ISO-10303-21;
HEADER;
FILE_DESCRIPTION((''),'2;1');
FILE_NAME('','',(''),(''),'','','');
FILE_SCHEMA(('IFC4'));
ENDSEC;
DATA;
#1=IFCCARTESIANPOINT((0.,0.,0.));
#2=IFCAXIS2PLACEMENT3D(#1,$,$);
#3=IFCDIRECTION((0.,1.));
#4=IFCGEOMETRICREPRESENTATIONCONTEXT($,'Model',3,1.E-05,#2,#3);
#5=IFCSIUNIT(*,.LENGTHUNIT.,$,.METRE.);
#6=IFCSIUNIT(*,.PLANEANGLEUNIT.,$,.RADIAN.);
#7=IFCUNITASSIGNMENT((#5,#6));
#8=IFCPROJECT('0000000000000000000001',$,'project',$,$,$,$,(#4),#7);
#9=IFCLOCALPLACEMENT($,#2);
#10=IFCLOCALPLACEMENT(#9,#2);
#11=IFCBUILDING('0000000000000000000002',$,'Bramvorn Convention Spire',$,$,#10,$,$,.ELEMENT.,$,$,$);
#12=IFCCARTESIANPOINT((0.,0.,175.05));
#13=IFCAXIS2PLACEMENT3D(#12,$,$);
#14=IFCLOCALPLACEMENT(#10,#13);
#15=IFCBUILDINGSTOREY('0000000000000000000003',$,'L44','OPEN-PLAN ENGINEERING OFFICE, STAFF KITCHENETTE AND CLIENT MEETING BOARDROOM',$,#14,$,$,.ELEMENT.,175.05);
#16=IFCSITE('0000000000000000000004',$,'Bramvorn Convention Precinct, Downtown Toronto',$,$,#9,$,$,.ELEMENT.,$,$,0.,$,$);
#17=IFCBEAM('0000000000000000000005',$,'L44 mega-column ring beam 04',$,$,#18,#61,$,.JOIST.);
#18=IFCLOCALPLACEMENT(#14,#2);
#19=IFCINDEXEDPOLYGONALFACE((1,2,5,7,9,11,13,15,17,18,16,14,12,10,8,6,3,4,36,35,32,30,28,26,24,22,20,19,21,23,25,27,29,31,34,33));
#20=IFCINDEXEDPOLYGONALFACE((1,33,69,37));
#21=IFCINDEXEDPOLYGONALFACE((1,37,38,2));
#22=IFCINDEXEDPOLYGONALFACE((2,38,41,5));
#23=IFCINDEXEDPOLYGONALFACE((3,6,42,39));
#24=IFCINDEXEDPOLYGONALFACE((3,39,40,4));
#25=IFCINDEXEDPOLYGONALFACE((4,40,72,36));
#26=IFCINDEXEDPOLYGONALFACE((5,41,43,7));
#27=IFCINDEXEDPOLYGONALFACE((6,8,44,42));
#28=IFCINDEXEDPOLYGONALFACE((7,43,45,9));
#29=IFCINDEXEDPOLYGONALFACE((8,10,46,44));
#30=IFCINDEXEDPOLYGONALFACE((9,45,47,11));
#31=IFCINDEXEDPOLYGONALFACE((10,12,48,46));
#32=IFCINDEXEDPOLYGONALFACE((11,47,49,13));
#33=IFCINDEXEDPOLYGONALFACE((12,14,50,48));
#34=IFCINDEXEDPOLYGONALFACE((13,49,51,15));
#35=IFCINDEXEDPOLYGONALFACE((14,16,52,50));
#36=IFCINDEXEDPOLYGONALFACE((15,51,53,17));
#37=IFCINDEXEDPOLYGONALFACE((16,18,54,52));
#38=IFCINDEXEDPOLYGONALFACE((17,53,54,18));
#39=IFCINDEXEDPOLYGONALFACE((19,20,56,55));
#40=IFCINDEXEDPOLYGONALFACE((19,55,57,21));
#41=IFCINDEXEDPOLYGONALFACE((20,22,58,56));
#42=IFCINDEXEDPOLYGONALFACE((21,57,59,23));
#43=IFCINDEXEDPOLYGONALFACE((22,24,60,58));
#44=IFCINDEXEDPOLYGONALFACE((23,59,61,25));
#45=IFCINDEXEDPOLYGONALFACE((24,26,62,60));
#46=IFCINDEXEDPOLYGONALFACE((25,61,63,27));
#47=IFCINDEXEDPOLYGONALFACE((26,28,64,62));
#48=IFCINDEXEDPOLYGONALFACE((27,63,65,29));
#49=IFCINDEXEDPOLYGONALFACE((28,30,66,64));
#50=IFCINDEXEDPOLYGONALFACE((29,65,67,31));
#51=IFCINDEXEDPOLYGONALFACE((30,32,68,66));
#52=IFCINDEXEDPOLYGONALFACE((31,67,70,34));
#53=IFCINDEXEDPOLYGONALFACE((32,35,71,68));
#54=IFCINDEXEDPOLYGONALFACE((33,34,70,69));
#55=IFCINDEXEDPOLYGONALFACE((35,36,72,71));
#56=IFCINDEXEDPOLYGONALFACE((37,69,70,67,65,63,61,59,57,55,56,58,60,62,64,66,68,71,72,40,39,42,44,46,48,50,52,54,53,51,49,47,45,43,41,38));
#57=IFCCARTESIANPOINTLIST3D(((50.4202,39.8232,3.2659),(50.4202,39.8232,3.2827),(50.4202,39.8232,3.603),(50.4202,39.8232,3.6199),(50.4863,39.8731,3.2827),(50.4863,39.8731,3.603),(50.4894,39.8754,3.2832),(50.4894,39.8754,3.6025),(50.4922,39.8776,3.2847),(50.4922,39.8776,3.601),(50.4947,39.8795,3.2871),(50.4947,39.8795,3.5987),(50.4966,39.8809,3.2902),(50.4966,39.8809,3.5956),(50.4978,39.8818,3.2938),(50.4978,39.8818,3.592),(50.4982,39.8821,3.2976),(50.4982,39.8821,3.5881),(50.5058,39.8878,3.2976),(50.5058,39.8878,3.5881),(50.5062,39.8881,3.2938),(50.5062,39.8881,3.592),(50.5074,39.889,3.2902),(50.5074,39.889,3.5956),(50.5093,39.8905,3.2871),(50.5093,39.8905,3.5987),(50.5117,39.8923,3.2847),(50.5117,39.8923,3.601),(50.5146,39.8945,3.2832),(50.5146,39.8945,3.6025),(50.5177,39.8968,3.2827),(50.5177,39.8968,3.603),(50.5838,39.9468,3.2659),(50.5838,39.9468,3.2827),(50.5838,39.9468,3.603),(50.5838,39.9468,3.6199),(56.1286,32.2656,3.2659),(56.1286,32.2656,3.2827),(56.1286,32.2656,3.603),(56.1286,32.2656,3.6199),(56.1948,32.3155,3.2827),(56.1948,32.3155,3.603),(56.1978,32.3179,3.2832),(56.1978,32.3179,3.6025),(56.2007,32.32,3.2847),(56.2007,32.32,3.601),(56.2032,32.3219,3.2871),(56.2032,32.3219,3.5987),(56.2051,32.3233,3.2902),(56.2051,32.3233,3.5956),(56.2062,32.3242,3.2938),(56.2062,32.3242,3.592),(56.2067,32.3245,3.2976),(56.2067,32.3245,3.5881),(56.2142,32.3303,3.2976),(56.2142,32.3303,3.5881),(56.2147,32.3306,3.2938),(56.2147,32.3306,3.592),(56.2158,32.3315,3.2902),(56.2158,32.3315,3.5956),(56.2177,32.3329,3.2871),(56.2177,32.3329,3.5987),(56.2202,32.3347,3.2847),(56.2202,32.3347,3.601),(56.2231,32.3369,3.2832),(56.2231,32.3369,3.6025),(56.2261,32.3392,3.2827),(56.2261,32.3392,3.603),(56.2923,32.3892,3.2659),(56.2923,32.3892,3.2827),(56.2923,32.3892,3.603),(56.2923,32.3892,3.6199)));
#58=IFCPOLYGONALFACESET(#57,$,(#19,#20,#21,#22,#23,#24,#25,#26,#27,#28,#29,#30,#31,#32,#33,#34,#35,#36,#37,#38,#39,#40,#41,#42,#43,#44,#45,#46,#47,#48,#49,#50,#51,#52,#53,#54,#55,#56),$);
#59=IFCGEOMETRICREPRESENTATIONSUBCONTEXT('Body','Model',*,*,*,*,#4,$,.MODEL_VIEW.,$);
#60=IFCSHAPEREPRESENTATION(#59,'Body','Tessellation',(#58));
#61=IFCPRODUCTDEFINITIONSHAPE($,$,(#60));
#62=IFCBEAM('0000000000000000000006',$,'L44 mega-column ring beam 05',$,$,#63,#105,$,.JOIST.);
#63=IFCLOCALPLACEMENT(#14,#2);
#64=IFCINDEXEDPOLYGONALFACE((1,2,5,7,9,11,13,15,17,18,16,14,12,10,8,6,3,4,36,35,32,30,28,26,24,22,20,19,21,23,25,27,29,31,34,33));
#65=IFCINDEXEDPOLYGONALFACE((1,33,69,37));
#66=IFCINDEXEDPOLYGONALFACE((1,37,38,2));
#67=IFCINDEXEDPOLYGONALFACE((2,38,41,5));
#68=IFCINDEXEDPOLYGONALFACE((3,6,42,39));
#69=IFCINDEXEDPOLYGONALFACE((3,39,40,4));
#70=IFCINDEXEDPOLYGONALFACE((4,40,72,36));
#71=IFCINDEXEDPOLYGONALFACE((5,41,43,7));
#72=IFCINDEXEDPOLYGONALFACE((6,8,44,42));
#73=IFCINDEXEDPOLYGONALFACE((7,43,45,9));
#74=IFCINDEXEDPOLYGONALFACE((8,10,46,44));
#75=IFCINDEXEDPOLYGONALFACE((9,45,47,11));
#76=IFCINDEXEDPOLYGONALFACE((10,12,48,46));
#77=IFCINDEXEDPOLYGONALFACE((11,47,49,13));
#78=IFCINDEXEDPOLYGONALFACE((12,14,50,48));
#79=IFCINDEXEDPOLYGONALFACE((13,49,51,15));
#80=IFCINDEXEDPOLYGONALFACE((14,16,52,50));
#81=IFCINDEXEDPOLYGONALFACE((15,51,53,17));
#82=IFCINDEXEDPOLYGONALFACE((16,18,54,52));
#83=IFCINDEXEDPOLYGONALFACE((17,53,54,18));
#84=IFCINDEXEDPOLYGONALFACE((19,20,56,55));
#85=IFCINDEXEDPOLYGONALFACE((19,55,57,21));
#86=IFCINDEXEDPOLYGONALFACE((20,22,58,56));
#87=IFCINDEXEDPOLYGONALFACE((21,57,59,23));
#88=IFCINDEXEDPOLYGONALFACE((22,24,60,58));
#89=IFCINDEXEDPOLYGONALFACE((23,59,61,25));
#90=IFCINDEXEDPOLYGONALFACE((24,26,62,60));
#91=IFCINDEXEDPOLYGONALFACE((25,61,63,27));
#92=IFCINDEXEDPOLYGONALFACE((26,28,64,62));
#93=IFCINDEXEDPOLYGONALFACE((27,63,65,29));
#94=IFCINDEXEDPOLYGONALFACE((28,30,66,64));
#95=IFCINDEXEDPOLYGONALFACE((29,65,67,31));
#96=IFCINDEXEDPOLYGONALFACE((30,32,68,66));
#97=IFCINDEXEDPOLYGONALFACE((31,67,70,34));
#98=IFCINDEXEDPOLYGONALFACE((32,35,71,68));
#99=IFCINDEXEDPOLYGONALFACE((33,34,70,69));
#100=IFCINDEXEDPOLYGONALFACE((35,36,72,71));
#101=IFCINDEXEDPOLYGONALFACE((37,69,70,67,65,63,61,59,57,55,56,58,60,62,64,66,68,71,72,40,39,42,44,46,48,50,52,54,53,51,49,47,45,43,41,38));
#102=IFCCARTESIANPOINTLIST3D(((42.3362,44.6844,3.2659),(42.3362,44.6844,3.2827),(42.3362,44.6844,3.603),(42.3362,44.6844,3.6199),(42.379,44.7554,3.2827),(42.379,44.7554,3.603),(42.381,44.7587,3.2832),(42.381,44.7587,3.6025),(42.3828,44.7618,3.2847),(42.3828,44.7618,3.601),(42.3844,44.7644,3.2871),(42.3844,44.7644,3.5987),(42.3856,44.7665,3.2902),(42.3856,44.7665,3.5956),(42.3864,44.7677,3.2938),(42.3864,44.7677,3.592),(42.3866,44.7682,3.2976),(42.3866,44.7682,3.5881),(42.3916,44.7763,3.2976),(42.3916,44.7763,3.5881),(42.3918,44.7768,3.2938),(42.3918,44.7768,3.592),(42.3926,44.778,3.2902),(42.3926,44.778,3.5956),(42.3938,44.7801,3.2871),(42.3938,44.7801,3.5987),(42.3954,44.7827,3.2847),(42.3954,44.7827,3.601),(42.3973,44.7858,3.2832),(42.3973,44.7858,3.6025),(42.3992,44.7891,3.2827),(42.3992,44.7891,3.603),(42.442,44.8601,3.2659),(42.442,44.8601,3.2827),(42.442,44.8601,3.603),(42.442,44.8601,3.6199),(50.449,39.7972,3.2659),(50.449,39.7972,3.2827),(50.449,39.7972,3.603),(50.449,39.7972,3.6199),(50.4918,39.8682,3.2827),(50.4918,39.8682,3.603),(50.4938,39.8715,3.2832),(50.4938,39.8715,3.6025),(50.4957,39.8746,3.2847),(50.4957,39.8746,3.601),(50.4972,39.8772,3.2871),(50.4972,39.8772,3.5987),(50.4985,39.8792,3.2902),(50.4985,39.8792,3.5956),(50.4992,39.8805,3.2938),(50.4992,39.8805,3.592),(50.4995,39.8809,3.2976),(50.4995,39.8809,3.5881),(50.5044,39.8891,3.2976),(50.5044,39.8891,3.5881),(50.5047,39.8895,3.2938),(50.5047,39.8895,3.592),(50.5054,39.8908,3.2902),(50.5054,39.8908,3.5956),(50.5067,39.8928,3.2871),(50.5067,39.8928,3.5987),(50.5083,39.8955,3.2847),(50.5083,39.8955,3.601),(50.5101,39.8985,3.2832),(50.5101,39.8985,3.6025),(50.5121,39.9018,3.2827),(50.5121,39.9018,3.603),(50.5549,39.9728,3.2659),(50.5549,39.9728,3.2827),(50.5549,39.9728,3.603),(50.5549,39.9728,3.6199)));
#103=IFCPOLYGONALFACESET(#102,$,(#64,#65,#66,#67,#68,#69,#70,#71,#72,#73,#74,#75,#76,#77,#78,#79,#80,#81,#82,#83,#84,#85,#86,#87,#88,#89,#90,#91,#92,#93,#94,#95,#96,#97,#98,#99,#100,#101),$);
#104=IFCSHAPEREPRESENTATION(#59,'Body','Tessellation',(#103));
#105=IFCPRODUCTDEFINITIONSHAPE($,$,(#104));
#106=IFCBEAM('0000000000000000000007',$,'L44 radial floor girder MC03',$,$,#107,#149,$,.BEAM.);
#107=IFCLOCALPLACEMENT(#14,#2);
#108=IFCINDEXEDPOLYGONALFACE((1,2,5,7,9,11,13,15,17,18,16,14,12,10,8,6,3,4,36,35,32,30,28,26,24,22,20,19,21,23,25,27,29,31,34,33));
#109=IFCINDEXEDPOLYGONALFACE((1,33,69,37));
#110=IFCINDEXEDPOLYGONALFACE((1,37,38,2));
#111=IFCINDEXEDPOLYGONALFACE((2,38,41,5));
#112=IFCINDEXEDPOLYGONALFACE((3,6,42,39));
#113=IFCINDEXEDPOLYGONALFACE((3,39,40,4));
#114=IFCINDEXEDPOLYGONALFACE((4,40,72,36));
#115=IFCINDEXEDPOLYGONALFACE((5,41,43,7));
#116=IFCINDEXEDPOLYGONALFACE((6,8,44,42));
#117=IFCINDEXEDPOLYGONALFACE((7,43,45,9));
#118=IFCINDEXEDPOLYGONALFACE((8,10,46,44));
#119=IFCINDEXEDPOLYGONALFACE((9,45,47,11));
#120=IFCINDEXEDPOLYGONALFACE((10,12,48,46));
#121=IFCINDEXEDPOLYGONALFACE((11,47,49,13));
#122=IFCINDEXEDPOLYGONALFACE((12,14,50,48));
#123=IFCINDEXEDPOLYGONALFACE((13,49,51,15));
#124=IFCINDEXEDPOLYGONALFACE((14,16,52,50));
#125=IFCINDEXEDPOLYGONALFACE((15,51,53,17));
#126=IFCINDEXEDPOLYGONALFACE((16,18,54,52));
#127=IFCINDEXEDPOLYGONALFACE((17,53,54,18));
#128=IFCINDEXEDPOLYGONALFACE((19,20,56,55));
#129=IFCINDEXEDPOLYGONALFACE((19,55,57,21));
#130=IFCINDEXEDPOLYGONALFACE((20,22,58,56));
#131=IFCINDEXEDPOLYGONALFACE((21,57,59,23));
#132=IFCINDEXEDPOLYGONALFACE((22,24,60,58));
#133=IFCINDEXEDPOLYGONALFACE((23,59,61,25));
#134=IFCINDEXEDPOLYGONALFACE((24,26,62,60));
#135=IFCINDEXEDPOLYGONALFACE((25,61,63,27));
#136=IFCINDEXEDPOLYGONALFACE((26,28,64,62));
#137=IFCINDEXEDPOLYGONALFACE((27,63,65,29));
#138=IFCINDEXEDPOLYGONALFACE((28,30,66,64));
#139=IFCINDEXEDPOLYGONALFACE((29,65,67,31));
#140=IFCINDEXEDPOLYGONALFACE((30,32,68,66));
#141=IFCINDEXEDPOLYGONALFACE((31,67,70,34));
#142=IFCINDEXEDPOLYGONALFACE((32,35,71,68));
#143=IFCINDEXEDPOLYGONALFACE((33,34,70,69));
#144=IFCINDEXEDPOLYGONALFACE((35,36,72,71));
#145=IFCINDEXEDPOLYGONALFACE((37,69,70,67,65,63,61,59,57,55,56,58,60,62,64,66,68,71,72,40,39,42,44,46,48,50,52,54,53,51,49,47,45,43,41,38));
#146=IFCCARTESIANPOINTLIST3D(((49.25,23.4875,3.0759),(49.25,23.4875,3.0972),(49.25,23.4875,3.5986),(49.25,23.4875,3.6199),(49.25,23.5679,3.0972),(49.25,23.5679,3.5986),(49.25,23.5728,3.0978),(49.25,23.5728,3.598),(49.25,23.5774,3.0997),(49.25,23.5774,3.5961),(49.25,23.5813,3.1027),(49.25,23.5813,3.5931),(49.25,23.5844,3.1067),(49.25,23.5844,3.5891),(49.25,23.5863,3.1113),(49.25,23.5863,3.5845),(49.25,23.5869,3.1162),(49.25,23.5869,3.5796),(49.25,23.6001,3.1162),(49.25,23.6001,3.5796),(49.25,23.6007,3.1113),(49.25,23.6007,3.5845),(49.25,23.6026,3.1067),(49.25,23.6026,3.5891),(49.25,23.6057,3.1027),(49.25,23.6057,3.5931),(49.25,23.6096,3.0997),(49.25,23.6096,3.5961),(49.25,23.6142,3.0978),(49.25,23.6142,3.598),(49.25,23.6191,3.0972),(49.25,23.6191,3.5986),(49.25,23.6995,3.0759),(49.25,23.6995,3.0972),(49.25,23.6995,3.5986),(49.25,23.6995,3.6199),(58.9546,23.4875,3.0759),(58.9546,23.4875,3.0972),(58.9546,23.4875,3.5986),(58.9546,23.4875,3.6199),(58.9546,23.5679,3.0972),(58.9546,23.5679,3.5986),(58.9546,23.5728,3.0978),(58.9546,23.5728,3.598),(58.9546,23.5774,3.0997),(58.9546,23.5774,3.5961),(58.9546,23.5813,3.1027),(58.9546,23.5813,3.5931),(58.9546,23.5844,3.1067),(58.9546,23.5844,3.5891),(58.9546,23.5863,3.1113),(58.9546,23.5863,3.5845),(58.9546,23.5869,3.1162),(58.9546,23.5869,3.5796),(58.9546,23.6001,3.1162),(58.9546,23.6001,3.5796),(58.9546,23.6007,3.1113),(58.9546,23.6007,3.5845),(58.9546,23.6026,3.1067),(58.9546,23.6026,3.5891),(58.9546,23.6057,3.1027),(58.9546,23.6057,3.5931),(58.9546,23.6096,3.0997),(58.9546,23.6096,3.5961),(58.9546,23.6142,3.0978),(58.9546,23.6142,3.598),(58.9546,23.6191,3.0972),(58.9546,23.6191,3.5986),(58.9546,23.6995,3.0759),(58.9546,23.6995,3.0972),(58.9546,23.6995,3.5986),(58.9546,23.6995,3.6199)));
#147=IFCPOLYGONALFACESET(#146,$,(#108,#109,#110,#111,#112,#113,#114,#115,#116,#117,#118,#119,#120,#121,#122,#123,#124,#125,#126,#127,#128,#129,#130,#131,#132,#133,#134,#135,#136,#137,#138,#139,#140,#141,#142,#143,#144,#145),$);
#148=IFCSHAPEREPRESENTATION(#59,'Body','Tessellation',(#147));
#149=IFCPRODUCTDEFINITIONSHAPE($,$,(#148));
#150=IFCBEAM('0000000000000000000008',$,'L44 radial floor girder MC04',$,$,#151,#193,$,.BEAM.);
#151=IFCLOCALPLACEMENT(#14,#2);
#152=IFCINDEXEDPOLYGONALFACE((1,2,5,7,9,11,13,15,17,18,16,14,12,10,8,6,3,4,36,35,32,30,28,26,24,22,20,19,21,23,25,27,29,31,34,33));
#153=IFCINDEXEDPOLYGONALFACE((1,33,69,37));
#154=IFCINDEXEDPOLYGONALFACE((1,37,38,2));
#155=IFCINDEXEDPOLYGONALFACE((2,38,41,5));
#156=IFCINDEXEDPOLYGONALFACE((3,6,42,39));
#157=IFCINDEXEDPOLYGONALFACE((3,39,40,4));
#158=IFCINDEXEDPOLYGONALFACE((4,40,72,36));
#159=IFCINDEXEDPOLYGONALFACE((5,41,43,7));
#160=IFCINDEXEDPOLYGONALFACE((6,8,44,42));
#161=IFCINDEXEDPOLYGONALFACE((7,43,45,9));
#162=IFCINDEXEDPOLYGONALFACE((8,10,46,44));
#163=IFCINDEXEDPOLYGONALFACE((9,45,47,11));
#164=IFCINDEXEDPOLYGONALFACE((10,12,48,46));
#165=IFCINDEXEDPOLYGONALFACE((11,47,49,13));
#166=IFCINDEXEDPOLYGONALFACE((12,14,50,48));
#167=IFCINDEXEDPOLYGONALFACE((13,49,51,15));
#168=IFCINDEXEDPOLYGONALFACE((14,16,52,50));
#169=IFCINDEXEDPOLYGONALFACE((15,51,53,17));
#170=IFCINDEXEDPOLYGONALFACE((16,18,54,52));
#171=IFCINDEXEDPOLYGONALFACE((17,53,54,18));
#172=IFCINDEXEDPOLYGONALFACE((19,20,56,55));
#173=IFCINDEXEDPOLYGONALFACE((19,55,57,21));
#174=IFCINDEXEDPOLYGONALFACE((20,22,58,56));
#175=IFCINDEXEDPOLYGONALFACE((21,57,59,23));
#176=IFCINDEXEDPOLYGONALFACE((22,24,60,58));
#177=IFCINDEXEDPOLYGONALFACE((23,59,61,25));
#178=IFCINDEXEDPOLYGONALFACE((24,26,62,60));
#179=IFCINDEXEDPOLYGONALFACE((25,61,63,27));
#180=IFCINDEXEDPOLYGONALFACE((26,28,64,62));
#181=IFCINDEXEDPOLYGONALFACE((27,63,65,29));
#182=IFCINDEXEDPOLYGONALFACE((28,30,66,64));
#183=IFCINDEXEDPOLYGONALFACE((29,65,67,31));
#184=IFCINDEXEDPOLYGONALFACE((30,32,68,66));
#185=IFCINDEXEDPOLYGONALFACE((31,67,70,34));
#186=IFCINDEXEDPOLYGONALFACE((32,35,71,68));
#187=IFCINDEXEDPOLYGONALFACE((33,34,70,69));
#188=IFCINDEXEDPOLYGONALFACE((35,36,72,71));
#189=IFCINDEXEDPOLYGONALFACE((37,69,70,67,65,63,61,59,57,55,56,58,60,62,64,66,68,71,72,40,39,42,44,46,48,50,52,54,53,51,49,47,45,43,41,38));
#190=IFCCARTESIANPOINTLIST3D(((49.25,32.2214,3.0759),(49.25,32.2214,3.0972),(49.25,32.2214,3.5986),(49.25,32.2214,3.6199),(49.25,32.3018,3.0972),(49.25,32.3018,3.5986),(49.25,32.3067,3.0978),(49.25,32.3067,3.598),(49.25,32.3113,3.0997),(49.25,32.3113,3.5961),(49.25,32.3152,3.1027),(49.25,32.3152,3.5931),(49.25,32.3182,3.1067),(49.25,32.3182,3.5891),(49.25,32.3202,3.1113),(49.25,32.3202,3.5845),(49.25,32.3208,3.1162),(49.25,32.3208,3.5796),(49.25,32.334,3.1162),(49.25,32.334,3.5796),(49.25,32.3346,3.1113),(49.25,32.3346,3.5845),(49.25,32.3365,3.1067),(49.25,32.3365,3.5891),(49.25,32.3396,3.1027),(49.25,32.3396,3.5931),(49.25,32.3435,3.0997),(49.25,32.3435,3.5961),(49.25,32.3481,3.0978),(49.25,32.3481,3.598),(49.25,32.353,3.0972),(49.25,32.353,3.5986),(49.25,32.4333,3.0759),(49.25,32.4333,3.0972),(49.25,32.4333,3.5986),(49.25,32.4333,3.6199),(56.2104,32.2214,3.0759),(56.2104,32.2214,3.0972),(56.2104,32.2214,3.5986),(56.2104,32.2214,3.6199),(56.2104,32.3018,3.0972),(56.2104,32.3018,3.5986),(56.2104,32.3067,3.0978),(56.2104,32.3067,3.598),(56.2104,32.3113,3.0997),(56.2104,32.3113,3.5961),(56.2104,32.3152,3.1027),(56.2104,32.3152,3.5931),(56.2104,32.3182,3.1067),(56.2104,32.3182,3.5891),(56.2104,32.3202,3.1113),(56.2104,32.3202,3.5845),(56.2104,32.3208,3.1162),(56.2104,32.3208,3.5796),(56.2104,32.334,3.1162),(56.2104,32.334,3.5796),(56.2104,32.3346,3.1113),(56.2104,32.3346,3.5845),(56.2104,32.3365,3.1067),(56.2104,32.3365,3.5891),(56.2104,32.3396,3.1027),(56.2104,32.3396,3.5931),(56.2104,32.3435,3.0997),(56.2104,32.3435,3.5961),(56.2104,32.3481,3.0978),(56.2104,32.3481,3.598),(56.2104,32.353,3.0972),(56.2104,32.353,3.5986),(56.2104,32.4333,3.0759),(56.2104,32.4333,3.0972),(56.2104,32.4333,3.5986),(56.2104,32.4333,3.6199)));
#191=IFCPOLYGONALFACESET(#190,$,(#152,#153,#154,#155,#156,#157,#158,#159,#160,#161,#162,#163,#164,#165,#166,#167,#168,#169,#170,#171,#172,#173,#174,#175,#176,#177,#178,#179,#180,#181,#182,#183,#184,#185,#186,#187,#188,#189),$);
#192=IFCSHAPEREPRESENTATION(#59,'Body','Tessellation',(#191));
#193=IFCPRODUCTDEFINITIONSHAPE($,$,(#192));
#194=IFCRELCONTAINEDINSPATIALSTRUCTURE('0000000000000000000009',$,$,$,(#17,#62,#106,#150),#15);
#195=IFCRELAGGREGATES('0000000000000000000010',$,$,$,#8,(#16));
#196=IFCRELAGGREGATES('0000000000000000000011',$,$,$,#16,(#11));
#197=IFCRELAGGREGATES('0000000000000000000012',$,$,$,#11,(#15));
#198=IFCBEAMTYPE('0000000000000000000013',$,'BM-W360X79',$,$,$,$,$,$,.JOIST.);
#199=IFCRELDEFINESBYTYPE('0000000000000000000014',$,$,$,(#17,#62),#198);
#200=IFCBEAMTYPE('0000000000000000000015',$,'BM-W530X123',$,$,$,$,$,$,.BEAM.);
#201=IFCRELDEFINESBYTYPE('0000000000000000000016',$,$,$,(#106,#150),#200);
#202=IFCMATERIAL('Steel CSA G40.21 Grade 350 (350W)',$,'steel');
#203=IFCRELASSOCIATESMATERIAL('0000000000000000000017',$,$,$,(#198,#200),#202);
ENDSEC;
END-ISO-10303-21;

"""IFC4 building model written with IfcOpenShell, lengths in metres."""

from ifc_helpers import new_model, si_unit, direction, frame, origin, origin_2d, place, context, subcontext, project, spatial, i_section, extrude, material, material_profile, profile_set, type_object, element, save


model = new_model("IFC4")

# Units and contexts
model_context = context("Model", 3, precision=1e-05, world=origin(), true_north=direction((0.0, 1.0)))
body_context = subcontext(model_context, "Body", "Model", "MODEL_VIEW")
ifc_project = project(units=[si_unit("LENGTHUNIT", "METRE"), si_unit("PLANEANGLEUNIT", "RADIAN")], contexts=[model_context])

# Site, building, storey
site_placement = place(None, origin())
site = spatial("IfcSite", under=ifc_project, at=site_placement, Name="Bramvorn Convention Precinct, Downtown Toronto", CompositionType="ELEMENT", RefElevation=0.0)
building_placement = place(site_placement, origin())
building = spatial("IfcBuilding", under=site, at=building_placement, Name="Bramvorn Convention Spire", CompositionType="ELEMENT")
storey_placement = place(building_placement, frame((0.0, 0.0, 175.05)))
storey = spatial("IfcBuildingStorey", under=building, at=storey_placement, Name="L44", Description="OPEN-PLAN ENGINEERING OFFICE, STAFF KITCHENETTE AND CLIENT MEETING BOARDROOM", CompositionType="ELEMENT", Elevation=175.05)

# Shared definitions
ifc_material_1 = material(Name="Steel CSA G40.21 Grade 350 (350W)", Category="steel")

# Beams
ifc_material_profile_1 = material_profile(ifc_material_1, i_section(OverallWidth=0.2051, OverallDepth=0.354, WebThickness=0.0095, FlangeThickness=0.0168, FilletRadius=0.0149, at=origin_2d()))
ifc_profile_set_1 = profile_set([ifc_material_profile_1], Name="Steel CSA G40.21 Grade 350 (350W) - W360X79")
beam_type_1 = type_object("IfcBeamType", Name="BM-W360X79", PredefinedType="JOIST", material=ifc_profile_set_1)
for number, where, z_axis, x_axis, name in (
    (1, (56.2104, 32.3274, 3.4429), (-0.602719, 0.797954, 0.0), (-0.797954, -0.602719, 0.0), "L44 mega-column ring beam 04"),
    (2, (50.502, 39.885, 3.4429), (-0.856582, 0.516011, 0.0), (-0.516011, -0.856582, 0.0), "L44 mega-column ring beam 05"),
):
    element("IfcBeam", number, at=place(storey_placement, frame(where, z_axis=z_axis, x_axis=x_axis)), inside=storey, type_object=beam_type_1, Name=name, PredefinedType="JOIST", context=body_context, shape_type="SweptSolid", body=[
        extrude(i_section(OverallWidth=0.2051, OverallDepth=0.354, WebThickness=0.0095, FlangeThickness=0.0168, FilletRadius=0.0149, at=origin_2d()), origin(), (0.0, 0.0, 1.0), 9.4712),
    ])
ifc_material_profile_2 = material_profile(ifc_material_1, i_section(OverallWidth=0.2119, OverallDepth=0.5439, WebThickness=0.0132, FlangeThickness=0.0212, FilletRadius=0.019, at=origin_2d()))
ifc_profile_set_2 = profile_set([ifc_material_profile_2], Name="Steel CSA G40.21 Grade 350 (350W) - W530X123")
beam_type_2 = type_object("IfcBeamType", Name="BM-W530X123", PredefinedType="BEAM", material=ifc_profile_set_2)
beam_1_placement = place(storey_placement, frame((49.25, 23.5935, 3.3479), z_axis=(1.0, 0.0, 0.0), x_axis=(0.0, 1.0, 0.0)))
element("IfcBeam", 3, at=beam_1_placement, inside=storey, type_object=beam_type_2, Name="L44 radial floor girder MC03", PredefinedType="BEAM", context=body_context, shape_type="SweptSolid", body=[
    extrude(i_section(OverallWidth=0.2119, OverallDepth=0.5439, WebThickness=0.0132, FlangeThickness=0.0212, FilletRadius=0.019, at=origin_2d()), origin(), (0.0, 0.0, 1.0), 9.7046),
])
beam_2_placement = place(storey_placement, frame((49.25, 32.3274, 3.3479), z_axis=(1.0, 0.0, 0.0), x_axis=(0.0, 1.0, 0.0)))
element("IfcBeam", 4, at=beam_2_placement, inside=storey, type_object=beam_type_2, Name="L44 radial floor girder MC04", PredefinedType="BEAM", context=body_context, shape_type="SweptSolid", body=[
    extrude(i_section(OverallWidth=0.2119, OverallDepth=0.5439, WebThickness=0.0132, FlangeThickness=0.0212, FilletRadius=0.019, at=origin_2d()), origin(), (0.0, 0.0, 1.0), 6.9604),
])

save(model, "model.ifc")
